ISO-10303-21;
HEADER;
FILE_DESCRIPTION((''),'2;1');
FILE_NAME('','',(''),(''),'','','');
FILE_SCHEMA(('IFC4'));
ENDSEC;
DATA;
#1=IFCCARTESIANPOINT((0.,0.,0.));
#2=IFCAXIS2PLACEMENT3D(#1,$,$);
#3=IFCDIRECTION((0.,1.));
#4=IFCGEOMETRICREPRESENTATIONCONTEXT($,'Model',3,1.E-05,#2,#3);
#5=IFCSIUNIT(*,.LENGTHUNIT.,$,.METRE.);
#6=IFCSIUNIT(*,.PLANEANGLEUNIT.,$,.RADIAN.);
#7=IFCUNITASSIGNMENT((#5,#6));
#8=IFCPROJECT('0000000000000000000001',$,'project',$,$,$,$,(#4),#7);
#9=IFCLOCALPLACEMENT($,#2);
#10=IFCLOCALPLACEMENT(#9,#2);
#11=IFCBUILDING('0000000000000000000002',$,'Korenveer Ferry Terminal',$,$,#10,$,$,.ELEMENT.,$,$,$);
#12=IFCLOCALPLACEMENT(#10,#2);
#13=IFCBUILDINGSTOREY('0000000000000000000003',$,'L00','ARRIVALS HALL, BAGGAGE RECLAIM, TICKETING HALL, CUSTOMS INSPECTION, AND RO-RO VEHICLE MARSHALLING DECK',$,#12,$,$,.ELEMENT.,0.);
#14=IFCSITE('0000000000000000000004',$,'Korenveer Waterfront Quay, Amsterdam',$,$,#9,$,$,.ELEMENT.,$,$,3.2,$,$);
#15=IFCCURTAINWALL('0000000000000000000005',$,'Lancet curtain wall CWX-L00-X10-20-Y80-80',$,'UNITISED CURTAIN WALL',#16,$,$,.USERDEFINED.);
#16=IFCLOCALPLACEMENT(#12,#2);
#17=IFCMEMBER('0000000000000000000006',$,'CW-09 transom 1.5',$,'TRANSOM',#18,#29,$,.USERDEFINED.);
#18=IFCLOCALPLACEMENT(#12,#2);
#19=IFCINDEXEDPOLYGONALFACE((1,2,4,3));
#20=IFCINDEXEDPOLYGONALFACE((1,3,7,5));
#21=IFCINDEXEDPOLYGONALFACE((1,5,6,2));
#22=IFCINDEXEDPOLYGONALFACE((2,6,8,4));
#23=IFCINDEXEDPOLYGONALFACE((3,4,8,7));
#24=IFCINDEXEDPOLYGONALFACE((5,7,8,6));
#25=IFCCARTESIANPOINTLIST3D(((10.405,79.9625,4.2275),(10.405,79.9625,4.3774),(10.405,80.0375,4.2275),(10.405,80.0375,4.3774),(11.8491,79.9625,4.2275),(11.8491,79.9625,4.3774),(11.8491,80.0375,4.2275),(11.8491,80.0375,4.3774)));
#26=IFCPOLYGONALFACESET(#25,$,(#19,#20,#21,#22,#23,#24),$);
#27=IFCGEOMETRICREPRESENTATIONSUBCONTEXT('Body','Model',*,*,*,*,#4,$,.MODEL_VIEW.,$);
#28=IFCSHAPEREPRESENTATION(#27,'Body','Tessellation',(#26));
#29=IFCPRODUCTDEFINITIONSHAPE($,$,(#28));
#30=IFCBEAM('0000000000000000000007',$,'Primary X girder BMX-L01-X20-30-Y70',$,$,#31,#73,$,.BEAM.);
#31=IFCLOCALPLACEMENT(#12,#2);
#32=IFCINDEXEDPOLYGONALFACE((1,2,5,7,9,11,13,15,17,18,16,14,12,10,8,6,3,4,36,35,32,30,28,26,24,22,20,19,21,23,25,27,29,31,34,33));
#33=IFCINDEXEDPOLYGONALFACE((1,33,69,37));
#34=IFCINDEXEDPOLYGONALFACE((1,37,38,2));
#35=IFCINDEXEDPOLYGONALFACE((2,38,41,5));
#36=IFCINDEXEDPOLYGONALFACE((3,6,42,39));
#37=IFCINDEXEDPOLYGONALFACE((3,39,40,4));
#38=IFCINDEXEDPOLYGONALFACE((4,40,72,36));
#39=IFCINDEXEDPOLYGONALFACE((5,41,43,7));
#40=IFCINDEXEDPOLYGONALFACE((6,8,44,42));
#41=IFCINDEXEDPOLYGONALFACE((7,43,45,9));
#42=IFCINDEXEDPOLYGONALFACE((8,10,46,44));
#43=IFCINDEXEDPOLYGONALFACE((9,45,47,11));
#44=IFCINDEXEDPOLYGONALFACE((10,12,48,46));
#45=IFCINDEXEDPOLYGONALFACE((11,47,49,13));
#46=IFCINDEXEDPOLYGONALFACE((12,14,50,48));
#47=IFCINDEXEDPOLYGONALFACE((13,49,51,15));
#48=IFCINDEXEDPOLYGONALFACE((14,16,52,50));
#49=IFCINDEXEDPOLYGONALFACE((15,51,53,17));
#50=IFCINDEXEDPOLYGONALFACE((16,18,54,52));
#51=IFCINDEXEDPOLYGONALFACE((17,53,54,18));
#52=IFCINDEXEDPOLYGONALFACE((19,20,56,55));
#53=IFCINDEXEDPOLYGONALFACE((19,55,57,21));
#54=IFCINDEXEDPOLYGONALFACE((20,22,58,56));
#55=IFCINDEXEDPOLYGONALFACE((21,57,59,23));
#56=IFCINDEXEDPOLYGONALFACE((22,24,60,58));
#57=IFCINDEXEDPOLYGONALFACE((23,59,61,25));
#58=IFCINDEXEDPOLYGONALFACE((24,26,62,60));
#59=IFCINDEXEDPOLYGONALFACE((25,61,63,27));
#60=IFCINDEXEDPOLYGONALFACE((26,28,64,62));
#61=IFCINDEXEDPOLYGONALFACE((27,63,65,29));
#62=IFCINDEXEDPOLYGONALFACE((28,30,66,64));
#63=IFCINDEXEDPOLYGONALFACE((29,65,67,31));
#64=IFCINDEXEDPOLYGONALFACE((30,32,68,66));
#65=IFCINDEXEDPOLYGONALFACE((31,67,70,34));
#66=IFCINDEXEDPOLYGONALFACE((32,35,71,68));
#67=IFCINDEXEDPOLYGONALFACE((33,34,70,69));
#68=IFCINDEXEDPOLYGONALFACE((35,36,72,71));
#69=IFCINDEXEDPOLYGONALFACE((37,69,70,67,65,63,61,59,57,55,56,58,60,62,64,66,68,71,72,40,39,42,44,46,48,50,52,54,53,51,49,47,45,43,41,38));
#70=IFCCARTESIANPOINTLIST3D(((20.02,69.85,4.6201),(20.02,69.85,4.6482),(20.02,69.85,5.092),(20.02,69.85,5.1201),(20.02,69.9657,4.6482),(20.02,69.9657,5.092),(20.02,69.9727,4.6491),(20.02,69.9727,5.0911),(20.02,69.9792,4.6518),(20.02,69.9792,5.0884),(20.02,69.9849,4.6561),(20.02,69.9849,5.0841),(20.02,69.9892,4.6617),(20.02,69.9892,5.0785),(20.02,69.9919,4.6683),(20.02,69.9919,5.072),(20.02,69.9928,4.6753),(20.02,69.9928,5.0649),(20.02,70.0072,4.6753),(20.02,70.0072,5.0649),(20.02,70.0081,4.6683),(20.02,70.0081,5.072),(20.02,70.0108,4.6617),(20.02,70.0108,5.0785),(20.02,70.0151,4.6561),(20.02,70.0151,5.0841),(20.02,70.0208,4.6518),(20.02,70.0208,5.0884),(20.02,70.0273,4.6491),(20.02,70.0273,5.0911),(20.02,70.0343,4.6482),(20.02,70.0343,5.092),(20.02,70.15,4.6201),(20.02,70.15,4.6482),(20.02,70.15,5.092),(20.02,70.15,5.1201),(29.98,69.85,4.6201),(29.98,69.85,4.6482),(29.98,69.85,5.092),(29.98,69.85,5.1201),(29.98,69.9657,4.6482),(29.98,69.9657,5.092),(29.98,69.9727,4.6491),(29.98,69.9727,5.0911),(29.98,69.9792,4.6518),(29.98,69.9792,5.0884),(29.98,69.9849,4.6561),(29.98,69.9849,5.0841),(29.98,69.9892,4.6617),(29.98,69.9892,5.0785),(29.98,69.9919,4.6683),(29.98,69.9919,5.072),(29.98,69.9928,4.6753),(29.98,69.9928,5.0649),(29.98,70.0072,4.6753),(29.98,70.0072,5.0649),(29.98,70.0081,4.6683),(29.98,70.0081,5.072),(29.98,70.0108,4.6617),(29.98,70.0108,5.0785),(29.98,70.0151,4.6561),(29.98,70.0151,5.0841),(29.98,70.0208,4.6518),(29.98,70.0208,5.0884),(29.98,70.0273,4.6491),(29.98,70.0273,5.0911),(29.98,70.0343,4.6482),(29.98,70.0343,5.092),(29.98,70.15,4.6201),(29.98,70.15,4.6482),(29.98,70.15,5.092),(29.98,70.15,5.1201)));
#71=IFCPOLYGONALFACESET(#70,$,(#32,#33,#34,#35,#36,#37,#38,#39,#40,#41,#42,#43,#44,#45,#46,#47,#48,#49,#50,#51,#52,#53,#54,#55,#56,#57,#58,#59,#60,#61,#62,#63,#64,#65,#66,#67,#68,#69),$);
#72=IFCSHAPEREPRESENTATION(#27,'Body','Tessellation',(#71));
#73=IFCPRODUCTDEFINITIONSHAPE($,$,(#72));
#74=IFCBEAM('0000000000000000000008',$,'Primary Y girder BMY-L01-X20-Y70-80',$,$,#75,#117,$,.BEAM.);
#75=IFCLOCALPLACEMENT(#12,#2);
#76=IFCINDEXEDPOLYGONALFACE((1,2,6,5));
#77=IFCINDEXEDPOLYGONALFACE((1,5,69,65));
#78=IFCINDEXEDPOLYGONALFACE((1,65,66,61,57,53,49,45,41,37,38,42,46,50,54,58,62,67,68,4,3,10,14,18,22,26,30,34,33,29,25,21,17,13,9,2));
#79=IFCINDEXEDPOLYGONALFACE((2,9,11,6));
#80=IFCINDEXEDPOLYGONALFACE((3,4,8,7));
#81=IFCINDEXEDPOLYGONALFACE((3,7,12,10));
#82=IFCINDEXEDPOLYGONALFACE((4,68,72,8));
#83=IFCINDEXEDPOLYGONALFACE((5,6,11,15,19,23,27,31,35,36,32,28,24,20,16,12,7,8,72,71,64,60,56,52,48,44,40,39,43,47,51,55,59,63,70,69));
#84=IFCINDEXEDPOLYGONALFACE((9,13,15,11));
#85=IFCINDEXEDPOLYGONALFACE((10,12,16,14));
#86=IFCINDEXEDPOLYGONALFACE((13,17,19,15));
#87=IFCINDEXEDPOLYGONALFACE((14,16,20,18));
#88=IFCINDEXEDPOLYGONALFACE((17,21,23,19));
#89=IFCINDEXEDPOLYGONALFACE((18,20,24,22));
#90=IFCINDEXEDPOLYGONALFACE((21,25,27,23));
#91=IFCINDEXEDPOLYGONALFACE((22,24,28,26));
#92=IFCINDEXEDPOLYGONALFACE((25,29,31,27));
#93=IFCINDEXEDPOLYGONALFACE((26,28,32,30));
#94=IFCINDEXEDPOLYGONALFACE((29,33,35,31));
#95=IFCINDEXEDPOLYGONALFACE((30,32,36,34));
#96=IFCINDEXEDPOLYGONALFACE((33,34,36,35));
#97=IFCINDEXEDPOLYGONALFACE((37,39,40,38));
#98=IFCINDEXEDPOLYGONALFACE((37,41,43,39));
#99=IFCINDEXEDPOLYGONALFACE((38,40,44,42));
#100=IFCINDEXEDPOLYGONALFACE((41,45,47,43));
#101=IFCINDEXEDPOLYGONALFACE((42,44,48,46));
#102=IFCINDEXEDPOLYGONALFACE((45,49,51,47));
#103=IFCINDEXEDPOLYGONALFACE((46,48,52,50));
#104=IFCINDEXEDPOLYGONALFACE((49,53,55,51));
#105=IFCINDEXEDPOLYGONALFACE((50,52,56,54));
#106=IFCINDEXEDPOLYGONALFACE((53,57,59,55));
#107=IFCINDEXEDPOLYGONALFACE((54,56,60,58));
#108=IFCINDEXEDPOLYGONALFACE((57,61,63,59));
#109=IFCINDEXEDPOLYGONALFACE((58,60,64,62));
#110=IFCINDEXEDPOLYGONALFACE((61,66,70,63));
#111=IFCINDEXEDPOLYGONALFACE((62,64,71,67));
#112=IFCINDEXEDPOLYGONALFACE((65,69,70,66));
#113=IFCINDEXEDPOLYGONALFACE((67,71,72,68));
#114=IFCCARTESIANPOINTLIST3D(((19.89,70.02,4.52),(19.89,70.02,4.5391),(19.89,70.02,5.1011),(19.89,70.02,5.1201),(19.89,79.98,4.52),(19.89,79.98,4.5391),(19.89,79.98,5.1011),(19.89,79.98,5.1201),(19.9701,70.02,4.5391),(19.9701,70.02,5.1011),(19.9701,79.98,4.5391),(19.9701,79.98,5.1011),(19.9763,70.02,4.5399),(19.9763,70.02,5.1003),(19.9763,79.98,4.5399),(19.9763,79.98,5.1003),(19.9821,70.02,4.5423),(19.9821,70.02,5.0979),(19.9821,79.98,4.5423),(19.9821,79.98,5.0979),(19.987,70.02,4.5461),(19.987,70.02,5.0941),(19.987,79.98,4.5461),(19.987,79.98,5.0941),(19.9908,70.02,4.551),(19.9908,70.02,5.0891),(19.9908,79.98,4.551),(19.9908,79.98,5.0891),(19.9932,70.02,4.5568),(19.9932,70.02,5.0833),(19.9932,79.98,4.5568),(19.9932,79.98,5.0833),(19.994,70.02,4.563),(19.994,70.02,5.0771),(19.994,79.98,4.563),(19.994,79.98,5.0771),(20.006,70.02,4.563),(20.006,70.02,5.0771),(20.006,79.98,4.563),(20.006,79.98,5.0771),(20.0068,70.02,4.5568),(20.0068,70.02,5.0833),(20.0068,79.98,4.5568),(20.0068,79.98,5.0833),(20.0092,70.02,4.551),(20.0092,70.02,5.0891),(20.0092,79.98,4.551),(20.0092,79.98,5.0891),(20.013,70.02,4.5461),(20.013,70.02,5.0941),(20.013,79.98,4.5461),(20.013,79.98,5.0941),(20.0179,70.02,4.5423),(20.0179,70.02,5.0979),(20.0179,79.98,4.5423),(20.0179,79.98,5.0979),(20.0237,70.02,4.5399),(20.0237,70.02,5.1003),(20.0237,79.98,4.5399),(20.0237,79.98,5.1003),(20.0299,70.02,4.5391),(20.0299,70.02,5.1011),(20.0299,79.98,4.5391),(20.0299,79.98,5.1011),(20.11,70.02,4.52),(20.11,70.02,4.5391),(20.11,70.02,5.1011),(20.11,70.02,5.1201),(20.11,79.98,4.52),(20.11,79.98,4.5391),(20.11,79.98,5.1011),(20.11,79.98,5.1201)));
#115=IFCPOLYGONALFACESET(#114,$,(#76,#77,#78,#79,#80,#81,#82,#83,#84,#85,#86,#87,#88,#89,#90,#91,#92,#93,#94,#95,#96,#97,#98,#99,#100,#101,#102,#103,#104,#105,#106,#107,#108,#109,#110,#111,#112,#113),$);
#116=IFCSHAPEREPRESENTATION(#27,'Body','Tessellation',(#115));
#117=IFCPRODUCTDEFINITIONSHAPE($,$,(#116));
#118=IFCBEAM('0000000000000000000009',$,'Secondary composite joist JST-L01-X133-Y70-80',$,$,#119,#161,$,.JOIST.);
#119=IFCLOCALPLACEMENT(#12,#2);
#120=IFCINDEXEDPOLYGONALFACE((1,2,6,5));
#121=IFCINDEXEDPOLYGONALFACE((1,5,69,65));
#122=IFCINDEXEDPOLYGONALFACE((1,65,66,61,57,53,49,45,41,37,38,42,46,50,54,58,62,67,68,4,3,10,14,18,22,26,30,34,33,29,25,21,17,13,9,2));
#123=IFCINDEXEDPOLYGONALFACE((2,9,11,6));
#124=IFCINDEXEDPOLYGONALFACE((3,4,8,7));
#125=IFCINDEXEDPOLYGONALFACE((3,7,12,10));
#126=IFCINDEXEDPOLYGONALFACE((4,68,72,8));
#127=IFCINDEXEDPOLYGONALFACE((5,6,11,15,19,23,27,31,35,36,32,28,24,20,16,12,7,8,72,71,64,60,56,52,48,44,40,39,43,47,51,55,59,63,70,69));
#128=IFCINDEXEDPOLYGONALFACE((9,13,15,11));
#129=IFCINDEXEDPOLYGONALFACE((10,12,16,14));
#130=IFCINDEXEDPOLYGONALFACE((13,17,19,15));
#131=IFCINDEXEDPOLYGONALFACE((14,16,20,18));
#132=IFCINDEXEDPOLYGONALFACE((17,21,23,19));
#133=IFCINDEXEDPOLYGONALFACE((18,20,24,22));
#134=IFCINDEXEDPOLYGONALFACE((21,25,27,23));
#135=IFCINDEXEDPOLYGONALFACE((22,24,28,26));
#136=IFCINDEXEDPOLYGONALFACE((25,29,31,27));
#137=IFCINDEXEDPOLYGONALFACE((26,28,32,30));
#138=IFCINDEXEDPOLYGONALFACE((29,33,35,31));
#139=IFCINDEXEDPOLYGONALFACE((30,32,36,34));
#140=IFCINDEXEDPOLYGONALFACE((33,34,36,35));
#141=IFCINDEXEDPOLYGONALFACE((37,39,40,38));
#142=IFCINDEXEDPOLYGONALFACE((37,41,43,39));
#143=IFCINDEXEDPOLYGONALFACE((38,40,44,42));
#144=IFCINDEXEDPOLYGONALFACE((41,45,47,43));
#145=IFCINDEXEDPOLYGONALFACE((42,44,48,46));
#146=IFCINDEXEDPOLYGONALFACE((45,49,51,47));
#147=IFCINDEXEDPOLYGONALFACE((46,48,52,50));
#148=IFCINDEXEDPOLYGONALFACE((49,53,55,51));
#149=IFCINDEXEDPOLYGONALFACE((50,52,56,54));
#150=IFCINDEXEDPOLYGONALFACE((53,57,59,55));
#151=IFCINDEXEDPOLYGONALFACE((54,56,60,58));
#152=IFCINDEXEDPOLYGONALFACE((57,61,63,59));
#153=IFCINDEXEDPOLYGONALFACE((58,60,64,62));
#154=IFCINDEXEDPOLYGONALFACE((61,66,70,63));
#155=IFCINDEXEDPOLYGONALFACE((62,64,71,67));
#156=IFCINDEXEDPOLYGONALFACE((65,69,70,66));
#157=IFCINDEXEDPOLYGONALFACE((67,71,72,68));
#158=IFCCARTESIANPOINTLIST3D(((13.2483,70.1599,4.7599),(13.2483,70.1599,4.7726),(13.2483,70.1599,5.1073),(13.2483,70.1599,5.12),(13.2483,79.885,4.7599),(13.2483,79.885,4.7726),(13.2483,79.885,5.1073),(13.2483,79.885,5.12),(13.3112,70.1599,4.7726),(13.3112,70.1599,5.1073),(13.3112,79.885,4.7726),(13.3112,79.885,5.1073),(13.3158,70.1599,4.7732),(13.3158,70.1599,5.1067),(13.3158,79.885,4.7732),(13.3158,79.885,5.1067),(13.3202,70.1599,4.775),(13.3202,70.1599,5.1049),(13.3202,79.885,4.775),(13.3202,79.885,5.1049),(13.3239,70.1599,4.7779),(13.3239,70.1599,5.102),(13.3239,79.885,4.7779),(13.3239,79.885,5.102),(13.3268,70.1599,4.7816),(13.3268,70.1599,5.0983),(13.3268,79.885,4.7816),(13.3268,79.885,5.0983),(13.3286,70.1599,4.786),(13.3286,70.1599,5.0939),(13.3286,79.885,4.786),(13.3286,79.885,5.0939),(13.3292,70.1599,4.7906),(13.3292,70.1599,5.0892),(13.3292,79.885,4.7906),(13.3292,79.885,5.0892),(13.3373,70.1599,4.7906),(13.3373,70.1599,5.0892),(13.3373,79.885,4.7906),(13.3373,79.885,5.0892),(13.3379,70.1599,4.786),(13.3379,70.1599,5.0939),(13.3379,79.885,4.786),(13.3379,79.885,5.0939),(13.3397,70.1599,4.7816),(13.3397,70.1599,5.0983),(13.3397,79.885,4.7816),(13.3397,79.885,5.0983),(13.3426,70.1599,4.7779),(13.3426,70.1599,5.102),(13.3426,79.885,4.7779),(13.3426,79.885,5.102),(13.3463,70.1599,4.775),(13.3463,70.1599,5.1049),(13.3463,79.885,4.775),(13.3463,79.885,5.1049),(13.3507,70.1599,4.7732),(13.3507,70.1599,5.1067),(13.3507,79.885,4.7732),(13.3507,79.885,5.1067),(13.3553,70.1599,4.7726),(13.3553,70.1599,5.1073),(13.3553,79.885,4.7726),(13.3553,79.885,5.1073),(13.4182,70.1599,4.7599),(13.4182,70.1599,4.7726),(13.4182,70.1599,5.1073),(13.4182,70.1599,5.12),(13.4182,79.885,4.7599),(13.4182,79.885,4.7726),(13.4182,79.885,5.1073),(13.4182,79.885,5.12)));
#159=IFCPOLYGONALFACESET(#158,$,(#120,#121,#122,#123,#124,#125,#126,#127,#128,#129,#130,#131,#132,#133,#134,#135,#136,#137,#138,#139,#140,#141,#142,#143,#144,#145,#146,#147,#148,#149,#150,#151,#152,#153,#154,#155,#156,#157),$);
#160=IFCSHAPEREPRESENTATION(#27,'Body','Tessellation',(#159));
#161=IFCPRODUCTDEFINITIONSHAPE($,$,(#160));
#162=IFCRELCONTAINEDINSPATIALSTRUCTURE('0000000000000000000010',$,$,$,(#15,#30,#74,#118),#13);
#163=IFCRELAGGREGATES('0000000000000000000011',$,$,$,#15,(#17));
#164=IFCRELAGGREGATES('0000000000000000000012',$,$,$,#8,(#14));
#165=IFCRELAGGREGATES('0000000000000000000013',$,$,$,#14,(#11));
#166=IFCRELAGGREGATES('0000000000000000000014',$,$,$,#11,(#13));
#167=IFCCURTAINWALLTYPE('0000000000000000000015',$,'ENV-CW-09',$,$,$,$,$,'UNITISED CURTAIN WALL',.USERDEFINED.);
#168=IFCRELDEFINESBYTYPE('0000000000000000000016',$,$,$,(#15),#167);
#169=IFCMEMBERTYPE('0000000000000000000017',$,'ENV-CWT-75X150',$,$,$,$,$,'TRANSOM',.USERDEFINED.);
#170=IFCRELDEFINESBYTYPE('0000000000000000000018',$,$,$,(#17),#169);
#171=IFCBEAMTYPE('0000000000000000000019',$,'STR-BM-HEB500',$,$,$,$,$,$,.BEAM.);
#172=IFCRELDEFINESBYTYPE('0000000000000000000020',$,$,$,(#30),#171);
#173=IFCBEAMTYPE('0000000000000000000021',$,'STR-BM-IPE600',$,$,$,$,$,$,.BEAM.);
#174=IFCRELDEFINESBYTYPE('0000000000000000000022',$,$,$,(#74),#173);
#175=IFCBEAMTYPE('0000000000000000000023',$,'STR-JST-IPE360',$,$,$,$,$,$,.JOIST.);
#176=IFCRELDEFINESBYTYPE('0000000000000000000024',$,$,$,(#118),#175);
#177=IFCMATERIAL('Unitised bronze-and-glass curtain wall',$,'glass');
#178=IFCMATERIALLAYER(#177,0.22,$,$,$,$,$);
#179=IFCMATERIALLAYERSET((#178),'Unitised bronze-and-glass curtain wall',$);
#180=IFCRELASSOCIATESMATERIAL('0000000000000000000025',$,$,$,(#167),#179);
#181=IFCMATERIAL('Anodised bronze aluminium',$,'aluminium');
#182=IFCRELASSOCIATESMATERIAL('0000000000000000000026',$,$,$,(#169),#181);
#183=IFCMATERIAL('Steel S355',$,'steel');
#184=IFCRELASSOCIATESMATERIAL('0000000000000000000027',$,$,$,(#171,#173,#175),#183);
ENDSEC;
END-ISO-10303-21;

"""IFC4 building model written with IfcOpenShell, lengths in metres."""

from ifc_helpers import new_model, si_unit, direction, frame, origin, origin_2d, place, context, subcontext, project, spatial, rectangle, i_section, extrude, material, layer, layer_set, material_profile, profile_set, type_object, element, aggregate, save


model = new_model("IFC4")

# Units and contexts
model_context = context("Model", 3, precision=1e-05, world=origin(), true_north=direction((0.0, 1.0)))
body_context = subcontext(model_context, "Body", "Model", "MODEL_VIEW")
ifc_project = project(units=[si_unit("LENGTHUNIT", "METRE"), si_unit("PLANEANGLEUNIT", "RADIAN")], contexts=[model_context])

# Site, building, storey
site_placement = place(None, origin())
site = spatial("IfcSite", under=ifc_project, at=site_placement, Name="Korenveer Waterfront Quay, Amsterdam", CompositionType="ELEMENT", RefElevation=3.2)
building_placement = place(site_placement, origin())
building = spatial("IfcBuilding", under=site, at=building_placement, Name="Korenveer Ferry Terminal", CompositionType="ELEMENT")
storey_placement = place(building_placement, origin())
storey = spatial("IfcBuildingStorey", under=building, at=storey_placement, Name="L00", Description="ARRIVALS HALL, BAGGAGE RECLAIM, TICKETING HALL, CUSTOMS INSPECTION, AND RO-RO VEHICLE MARSHALLING DECK", CompositionType="ELEMENT", Elevation=0.0)

# Curtain wall, member
ifc_material_1 = material(Name="Unitised bronze-and-glass curtain wall", Category="glass")
ifc_layer_1 = layer(ifc_material_1, 0.22)
ifc_layer_set_1 = layer_set([ifc_layer_1], Name="Unitised bronze-and-glass curtain wall")
curtain_wall_type = type_object("IfcCurtainWallType", Name="ENV-CW-09", ElementType="UNITISED CURTAIN WALL", PredefinedType="USERDEFINED", material=ifc_layer_set_1)
curtain_wall_placement = place(storey_placement, frame((10.3301, 80.0, 0.0)))
curtain_wall = element("IfcCurtainWall", 1, at=curtain_wall_placement, inside=storey, type_object=curtain_wall_type, Name="Lancet curtain wall CWX-L00-X10-20-Y80-80", ObjectType="UNITISED CURTAIN WALL", PredefinedType="USERDEFINED")
ifc_material_2 = material(Name="Anodised bronze aluminium", Category="aluminium")
ifc_material_profile_1 = material_profile(ifc_material_2, rectangle(XDim=0.075, YDim=0.1499, at=origin_2d()), Name="ALU 75x150")
ifc_profile_set_1 = profile_set([ifc_material_profile_1], Name="Anodised bronze aluminium")
member_type = type_object("IfcMemberType", Name="ENV-CWT-75X150", ElementType="TRANSOM", PredefinedType="USERDEFINED", material=ifc_profile_set_1)
member_1_placement = place(storey_placement, frame((10.405, 80.0, 4.3025), z_axis=(1.0, 0.0, 0.0), x_axis=(0.0, 1.0, 0.0)))
member_1 = element("IfcMember", 2, at=member_1_placement, type_object=member_type, Name="CW-09 transom 1.5", ObjectType="TRANSOM", PredefinedType="USERDEFINED", context=body_context, shape_type="SweptSolid", body=[
    extrude(rectangle(XDim=0.075, YDim=0.1499, at=origin_2d()), origin(), (0.0, 0.0, 1.0), 1.4441),
])

# Beams
ifc_material_3 = material(Name="Steel S355", Category="steel")
ifc_material_profile_2 = material_profile(ifc_material_3, i_section(OverallWidth=0.3, OverallDepth=0.5, WebThickness=0.0144, FlangeThickness=0.0281, FilletRadius=0.0271, at=origin_2d()), Name="HEB 500")
ifc_profile_set_2 = profile_set([ifc_material_profile_2], Name="Steel S355")
beam_type_1 = type_object("IfcBeamType", Name="STR-BM-HEB500", PredefinedType="BEAM", material=ifc_profile_set_2)
beam_1_placement = place(storey_placement, frame((20.02, 70.0, 4.8701), z_axis=(1.0, 0.0, 0.0), x_axis=(0.0, 1.0, 0.0)))
element("IfcBeam", 3, at=beam_1_placement, inside=storey, type_object=beam_type_1, Name="Primary X girder BMX-L01-X20-30-Y70", PredefinedType="BEAM", context=body_context, shape_type="SweptSolid", body=[
    extrude(i_section(OverallWidth=0.3, OverallDepth=0.5, WebThickness=0.0144, FlangeThickness=0.0281, FilletRadius=0.0271, at=origin_2d()), origin(), (0.0, 0.0, 1.0), 9.96),
])
ifc_material_profile_3 = material_profile(ifc_material_3, i_section(OverallWidth=0.22, OverallDepth=0.6001, WebThickness=0.012, FlangeThickness=0.019, FilletRadius=0.0239, at=origin_2d()), Name="IPE 600")
ifc_profile_set_3 = profile_set([ifc_material_profile_3], Name="Steel S355")
beam_type_2 = type_object("IfcBeamType", Name="STR-BM-IPE600", PredefinedType="BEAM", material=ifc_profile_set_3)
beam_2_placement = place(storey_placement, frame((20.0, 70.02, 4.8201), z_axis=(0.0, 1.0, 0.0), x_axis=(-1.0, 0.0, 0.0)))
element("IfcBeam", 4, at=beam_2_placement, inside=storey, type_object=beam_type_2, Name="Primary Y girder BMY-L01-X20-Y70-80", PredefinedType="BEAM", context=body_context, shape_type="SweptSolid", body=[
    extrude(i_section(OverallWidth=0.22, OverallDepth=0.6001, WebThickness=0.012, FlangeThickness=0.019, FilletRadius=0.0239, at=origin_2d()), origin(), (0.0, 0.0, 1.0), 9.96),
])
ifc_material_profile_4 = material_profile(ifc_material_3, i_section(OverallWidth=0.1699, OverallDepth=0.3601, WebThickness=0.0081, FlangeThickness=0.0127, FilletRadius=0.0181, at=origin_2d()), Name="IPE 360")
ifc_profile_set_4 = profile_set([ifc_material_profile_4], Name="Steel S355")
beam_type_3 = type_object("IfcBeamType", Name="STR-JST-IPE360", PredefinedType="JOIST", material=ifc_profile_set_4)
for number, where, z_axis, x_axis, name in (
    (5, (13.3333, 70.1599, 4.9399), (0.0, 1.0, 0.0), (-1.0, 0.0, 0.0), "Secondary composite joist JST-L01-X133-Y70-80"),
):
    element("IfcBeam", number, at=place(storey_placement, frame(where, z_axis=z_axis, x_axis=x_axis)), inside=storey, type_object=beam_type_3, Name=name, PredefinedType="JOIST", context=body_context, shape_type="SweptSolid", body=[
        extrude(i_section(OverallWidth=0.1699, OverallDepth=0.3601, WebThickness=0.0081, FlangeThickness=0.0127, FilletRadius=0.0181, at=origin_2d()), origin(), (0.0, 0.0, 1.0), 9.7251),
    ])

aggregate(curtain_wall, [member_1])

save(model, "model.ifc")
